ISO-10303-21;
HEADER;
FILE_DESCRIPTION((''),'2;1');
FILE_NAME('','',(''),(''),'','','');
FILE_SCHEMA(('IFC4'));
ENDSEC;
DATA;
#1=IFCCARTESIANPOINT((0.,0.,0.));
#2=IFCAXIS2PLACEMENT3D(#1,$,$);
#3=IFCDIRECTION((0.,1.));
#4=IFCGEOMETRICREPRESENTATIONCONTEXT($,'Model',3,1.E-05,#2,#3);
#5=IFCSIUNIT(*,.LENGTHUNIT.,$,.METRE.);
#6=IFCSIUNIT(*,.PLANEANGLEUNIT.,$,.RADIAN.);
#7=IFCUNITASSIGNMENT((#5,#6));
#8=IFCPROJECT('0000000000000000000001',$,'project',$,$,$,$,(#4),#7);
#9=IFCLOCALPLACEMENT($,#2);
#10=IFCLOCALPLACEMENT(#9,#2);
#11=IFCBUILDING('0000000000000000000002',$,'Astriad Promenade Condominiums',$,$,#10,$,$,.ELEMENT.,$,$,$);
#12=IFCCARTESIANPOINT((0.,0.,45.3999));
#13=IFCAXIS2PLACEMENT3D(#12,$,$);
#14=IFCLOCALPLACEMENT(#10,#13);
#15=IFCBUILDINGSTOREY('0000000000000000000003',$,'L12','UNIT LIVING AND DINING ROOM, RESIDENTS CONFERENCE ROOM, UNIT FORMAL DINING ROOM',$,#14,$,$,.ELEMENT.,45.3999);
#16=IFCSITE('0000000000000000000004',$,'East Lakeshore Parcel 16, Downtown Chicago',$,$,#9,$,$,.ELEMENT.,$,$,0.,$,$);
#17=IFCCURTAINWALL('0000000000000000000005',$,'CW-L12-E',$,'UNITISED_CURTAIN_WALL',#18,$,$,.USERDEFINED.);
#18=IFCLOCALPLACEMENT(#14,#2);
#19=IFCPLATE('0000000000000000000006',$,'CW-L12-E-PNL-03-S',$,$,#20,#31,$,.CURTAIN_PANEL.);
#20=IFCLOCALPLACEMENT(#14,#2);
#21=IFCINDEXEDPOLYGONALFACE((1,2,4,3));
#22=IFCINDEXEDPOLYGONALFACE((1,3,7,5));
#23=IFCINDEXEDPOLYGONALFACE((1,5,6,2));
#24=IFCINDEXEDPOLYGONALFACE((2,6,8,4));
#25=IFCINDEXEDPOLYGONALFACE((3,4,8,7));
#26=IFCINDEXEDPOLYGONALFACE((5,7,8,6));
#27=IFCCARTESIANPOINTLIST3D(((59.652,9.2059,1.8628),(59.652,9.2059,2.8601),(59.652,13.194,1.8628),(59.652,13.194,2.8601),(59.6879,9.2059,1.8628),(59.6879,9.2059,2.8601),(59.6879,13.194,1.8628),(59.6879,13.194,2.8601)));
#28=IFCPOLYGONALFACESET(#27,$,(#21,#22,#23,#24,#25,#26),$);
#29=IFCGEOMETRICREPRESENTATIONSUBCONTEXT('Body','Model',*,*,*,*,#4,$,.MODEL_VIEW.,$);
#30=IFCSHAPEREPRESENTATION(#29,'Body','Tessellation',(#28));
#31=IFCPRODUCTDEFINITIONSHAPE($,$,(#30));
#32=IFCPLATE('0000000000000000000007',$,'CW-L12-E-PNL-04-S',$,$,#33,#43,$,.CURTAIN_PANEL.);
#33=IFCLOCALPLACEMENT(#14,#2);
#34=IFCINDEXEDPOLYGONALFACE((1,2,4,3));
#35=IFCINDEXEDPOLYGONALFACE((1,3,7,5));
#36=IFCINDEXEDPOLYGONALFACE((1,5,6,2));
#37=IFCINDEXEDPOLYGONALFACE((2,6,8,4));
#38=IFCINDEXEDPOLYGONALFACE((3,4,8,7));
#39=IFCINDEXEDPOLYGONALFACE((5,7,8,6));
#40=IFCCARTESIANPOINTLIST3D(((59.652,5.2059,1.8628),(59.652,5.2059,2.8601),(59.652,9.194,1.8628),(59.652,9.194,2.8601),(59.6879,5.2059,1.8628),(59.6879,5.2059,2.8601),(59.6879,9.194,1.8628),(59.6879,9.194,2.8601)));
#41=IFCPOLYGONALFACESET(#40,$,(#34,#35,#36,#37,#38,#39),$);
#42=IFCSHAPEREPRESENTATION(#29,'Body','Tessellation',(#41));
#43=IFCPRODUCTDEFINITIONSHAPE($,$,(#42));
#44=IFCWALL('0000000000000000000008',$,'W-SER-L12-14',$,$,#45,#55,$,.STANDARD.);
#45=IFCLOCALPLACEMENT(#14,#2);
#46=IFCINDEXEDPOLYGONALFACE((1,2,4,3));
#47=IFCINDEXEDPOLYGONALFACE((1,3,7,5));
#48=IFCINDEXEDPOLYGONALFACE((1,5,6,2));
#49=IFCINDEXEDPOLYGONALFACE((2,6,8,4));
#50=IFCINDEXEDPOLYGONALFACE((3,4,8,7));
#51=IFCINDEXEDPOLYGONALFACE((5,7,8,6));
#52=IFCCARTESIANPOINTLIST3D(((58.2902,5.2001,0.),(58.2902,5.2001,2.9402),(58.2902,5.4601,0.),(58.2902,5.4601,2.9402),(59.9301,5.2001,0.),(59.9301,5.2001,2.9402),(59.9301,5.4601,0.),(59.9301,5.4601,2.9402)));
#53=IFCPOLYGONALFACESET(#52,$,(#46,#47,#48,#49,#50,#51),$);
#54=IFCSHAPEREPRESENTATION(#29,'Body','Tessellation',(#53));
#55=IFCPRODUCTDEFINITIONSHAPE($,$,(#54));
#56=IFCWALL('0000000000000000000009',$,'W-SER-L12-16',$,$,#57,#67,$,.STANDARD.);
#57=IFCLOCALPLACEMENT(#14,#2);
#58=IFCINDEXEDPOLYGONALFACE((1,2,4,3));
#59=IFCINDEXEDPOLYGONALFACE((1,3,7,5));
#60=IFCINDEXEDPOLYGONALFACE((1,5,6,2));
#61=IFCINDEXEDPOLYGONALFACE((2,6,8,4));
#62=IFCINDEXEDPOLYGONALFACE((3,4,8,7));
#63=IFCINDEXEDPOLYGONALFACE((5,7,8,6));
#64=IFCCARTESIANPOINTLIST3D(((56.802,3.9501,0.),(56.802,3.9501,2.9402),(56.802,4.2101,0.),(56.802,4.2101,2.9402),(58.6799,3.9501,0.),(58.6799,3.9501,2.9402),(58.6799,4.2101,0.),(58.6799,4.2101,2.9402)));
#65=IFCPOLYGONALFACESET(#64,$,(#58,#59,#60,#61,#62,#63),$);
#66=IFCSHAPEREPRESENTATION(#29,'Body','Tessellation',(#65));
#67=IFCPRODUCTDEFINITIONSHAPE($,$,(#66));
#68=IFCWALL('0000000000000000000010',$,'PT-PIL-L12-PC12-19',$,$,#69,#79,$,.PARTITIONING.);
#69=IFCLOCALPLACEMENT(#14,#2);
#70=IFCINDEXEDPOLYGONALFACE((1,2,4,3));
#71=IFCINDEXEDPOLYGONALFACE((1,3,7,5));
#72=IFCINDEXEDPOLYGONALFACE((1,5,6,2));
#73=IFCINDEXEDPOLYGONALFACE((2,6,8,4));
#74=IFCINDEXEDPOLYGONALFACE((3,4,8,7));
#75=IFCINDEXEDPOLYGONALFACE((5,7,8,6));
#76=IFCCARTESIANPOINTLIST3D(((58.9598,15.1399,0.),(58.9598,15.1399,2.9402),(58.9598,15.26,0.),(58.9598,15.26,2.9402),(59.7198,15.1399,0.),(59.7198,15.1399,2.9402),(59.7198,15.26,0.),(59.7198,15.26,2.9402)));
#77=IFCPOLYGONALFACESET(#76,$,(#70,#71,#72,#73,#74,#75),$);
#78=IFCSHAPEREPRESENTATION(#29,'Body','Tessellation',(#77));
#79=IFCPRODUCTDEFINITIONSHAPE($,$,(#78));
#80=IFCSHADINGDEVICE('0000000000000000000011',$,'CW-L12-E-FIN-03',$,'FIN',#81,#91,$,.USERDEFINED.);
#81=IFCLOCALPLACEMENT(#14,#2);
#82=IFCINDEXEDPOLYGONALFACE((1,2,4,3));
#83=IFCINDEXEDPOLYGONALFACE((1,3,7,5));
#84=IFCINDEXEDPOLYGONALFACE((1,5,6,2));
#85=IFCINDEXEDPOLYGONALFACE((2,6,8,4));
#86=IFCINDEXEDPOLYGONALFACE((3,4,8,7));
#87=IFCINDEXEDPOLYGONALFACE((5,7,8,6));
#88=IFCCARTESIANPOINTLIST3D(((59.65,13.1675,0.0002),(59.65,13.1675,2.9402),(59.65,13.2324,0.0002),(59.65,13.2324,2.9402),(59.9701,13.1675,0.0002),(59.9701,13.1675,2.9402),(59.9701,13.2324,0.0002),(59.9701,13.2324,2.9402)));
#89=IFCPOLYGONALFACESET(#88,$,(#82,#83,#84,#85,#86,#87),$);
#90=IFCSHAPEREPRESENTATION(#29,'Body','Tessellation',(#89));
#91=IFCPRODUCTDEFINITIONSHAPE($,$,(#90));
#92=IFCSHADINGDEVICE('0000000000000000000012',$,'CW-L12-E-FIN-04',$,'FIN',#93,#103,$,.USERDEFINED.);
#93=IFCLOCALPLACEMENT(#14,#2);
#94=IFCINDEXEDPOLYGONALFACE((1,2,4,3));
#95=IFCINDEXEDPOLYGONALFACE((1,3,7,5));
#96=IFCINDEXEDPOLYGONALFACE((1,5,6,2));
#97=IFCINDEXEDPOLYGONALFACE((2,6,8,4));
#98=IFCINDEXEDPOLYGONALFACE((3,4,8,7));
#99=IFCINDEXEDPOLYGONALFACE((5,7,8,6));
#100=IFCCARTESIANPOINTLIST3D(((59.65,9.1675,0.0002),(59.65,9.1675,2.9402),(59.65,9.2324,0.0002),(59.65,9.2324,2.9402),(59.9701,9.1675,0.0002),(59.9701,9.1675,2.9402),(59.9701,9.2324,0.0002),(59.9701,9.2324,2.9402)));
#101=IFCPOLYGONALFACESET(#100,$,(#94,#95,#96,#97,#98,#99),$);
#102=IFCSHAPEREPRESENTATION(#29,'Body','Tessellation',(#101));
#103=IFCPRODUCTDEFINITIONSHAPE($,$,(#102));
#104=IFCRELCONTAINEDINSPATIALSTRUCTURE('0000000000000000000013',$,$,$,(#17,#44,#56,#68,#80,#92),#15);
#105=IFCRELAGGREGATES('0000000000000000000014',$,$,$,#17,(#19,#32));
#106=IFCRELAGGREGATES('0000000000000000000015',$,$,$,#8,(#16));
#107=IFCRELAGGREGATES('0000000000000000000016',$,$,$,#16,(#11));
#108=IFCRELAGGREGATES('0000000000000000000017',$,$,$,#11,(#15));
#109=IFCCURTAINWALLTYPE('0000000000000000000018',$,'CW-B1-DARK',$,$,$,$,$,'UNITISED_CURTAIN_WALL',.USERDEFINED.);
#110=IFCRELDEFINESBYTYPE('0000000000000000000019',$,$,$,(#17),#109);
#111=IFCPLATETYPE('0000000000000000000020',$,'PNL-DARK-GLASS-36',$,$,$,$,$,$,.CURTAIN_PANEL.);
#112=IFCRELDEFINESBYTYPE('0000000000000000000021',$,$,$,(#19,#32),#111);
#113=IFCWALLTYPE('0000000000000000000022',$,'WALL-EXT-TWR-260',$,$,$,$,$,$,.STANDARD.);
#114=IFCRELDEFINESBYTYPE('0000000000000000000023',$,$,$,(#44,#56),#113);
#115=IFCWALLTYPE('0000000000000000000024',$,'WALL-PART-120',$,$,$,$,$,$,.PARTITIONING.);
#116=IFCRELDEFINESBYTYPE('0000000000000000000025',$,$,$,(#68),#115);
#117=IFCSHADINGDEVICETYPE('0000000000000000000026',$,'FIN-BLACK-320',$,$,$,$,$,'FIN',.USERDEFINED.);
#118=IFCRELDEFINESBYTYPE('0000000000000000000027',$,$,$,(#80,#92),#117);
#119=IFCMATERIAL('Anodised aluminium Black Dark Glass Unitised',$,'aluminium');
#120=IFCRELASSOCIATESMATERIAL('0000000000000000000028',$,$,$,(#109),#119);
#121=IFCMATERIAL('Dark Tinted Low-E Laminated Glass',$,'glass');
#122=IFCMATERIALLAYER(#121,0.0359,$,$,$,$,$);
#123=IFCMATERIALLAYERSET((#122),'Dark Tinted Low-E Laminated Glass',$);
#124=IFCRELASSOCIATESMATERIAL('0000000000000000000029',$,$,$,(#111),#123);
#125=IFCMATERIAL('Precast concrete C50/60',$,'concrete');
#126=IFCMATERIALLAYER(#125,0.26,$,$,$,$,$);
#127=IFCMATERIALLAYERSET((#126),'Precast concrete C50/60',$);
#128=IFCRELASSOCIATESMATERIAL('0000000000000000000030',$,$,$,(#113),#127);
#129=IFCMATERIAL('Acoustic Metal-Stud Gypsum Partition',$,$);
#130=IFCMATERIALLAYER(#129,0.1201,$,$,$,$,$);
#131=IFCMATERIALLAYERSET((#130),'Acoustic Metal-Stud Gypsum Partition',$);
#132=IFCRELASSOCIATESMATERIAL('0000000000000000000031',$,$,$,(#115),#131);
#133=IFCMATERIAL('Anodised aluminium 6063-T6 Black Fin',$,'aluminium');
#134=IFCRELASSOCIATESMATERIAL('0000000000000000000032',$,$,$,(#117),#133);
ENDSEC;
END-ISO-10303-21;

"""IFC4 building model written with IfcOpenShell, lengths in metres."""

from ifc_helpers import new_model, si_unit, direction, frame, frame_2d, origin, origin_2d, place, context, subcontext, project, spatial, rectangle, extrude, source, transform, mapped, material, layer, layer_set, type_object, type_shapes, element, aggregate, save


model = new_model("IFC4")

# Units and contexts
model_context = context("Model", 3, precision=1e-05, world=origin(), true_north=direction((0.0, 1.0)))
body_context = subcontext(model_context, "Body", "Model", "MODEL_VIEW")
ifc_project = project(units=[si_unit("LENGTHUNIT", "METRE"), si_unit("PLANEANGLEUNIT", "RADIAN")], contexts=[model_context])

# Site, building, storey
site_placement = place(None, origin())
site = spatial("IfcSite", under=ifc_project, at=site_placement, Name="East Lakeshore Parcel 16, Downtown Chicago", CompositionType="ELEMENT", RefElevation=0.0)
building_placement = place(site_placement, origin())
building = spatial("IfcBuilding", under=site, at=building_placement, Name="Astriad Promenade Condominiums", CompositionType="ELEMENT")
storey_placement = place(building_placement, frame((0.0, 0.0, 45.3999)))
storey = spatial("IfcBuildingStorey", under=building, at=storey_placement, Name="L12", Description="UNIT LIVING AND DINING ROOM, RESIDENTS CONFERENCE ROOM, UNIT FORMAL DINING ROOM", CompositionType="ELEMENT", Elevation=45.3999)

# Curtain wall, plates
ifc_material_1 = material(Name="Anodised aluminium Black Dark Glass Unitised", Category="aluminium")
curtain_wall_type = type_object("IfcCurtainWallType", Name="CW-B1-DARK", ElementType="UNITISED_CURTAIN_WALL", PredefinedType="USERDEFINED", material=ifc_material_1)
curtain_wall_placement = place(storey_placement, origin())
curtain_wall = element("IfcCurtainWall", 1, at=curtain_wall_placement, inside=storey, type_object=curtain_wall_type, Name="CW-L12-E", ObjectType="UNITISED_CURTAIN_WALL", PredefinedType="USERDEFINED")
ifc_material_2 = material(Name="Dark Tinted Low-E Laminated Glass", Category="glass")
ifc_layer_1 = layer(ifc_material_2, 0.0359)
ifc_layer_set_1 = layer_set([ifc_layer_1], Name="Dark Tinted Low-E Laminated Glass")
plate_type = type_object("IfcPlateType", Name="PNL-DARK-GLASS-36", PredefinedType="CURTAIN_PANEL", material=ifc_layer_set_1)
shared_shape_1 = source(origin(), body_context, "Body", "SweptSolid", [
    extrude(rectangle(XDim=3.988, YDim=0.0359, at=origin_2d()), origin(), (0.0, 0.0, 1.0), 0.9973),
])
plate_1_placement = place(storey_placement, frame((59.6699, 11.2, 1.8628), z_axis=(0.0, 0.0, 1.0), x_axis=(0.0, -1.0, 0.0)))
plate_1 = element("IfcPlate", 2, at=plate_1_placement, type_object=plate_type, Name="CW-L12-E-PNL-03-S", PredefinedType="CURTAIN_PANEL", context=body_context, shape_type="MappedRepresentation", body=[
    mapped(shared_shape_1, transform((0.0, 0.0, 0.0), scale=1.0)),
])
plate_2_placement = place(storey_placement, frame((59.6699, 7.2, 1.8628), z_axis=(0.0, 0.0, 1.0), x_axis=(0.0, -1.0, 0.0)))
plate_2 = element("IfcPlate", 3, at=plate_2_placement, type_object=plate_type, Name="CW-L12-E-PNL-04-S", PredefinedType="CURTAIN_PANEL", context=body_context, shape_type="MappedRepresentation", body=[
    mapped(shared_shape_1, transform((0.0, 0.0, 0.0), scale=1.0)),
])
aggregate(curtain_wall, [plate_1, plate_2])

# Walls
ifc_material_3 = material(Name="Precast concrete C50/60", Category="concrete")
ifc_layer_2 = layer(ifc_material_3, 0.26)
ifc_layer_set_2 = layer_set([ifc_layer_2], Name="Precast concrete C50/60")
wall_type_1 = type_object("IfcWallType", Name="WALL-EXT-TWR-260", PredefinedType="STANDARD", material=ifc_layer_set_2)
wall_1_placement = place(storey_placement, frame((59.9299, 5.3301, 0.0), z_axis=(0.0, 0.0, 1.0), x_axis=(-1.0, 0.0, 0.0)))
element("IfcWall", 4, at=wall_1_placement, inside=storey, type_object=wall_type_1, Name="W-SER-L12-14", PredefinedType="STANDARD", context=body_context, shape_type="SweptSolid", body=[
    extrude(rectangle(XDim=1.6399, YDim=0.26, at=frame_2d((0.8198, 0.0))), origin(), (0.0, 0.0, 1.0), 2.9402),
])
wall_2_placement = place(storey_placement, frame((58.6799, 4.0801, 0.0), z_axis=(0.0, 0.0, 1.0), x_axis=(-1.0, 0.0, 0.0)))
element("IfcWall", 5, at=wall_2_placement, inside=storey, type_object=wall_type_1, Name="W-SER-L12-16", PredefinedType="STANDARD", context=body_context, shape_type="SweptSolid", body=[
    extrude(rectangle(XDim=1.8779, YDim=0.26, at=frame_2d((0.939, 0.0))), origin(), (0.0, 0.0, 1.0), 2.9402),
])
ifc_material_4 = material(Name="Acoustic Metal-Stud Gypsum Partition")
ifc_layer_3 = layer(ifc_material_4, 0.1201)
ifc_layer_set_3 = layer_set([ifc_layer_3], Name="Acoustic Metal-Stud Gypsum Partition")
wall_type_2 = type_object("IfcWallType", Name="WALL-PART-120", PredefinedType="PARTITIONING", material=ifc_layer_set_3)
wall_3_placement = place(storey_placement, frame((58.96, 15.2, 0.0), z_axis=(0.0, 0.0, 1.0), x_axis=(1.0, 0.0, 0.0)))
element("IfcWall", 6, at=wall_3_placement, inside=storey, type_object=wall_type_2, Name="PT-PIL-L12-PC12-19", PredefinedType="PARTITIONING", context=body_context, shape_type="SweptSolid", body=[
    extrude(rectangle(XDim=0.76, YDim=0.1201, at=frame_2d((0.3799, 0.0))), origin(), (0.0, 0.0, 1.0), 2.9402),
])

# Shading devices
ifc_material_5 = material(Name="Anodised aluminium 6063-T6 Black Fin", Category="aluminium")
shading_device_type = type_object("IfcShadingDeviceType", Name="FIN-BLACK-320", ElementType="FIN", PredefinedType="USERDEFINED", material=ifc_material_5)
shared_shape_2 = source(origin(), body_context, "Body", "SweptSolid", [
    extrude(rectangle(XDim=0.0649, YDim=0.3201, at=origin_2d()), origin(), (0.0, 0.0, 1.0), 2.9399),
])
type_shapes(shading_device_type, [shared_shape_2])
for number, where, z_axis, x_axis, name in (
    (7, (59.8101, 13.2, 0.0002), (0.0, 0.0, 1.0), (0.0, -1.0, 0.0), "CW-L12-E-FIN-03"),
    (8, (59.8101, 9.2, 0.0002), (0.0, 0.0, 1.0), (0.0, -1.0, 0.0), "CW-L12-E-FIN-04"),
):
    element("IfcShadingDevice", number, at=place(storey_placement, frame(where, z_axis=z_axis, x_axis=x_axis)), inside=storey, type_object=shading_device_type, Name=name, ObjectType="FIN", PredefinedType="USERDEFINED", context=body_context, shape_type="MappedRepresentation", body=[
        mapped(shared_shape_2, transform((0.0, 0.0, 0.0), scale=1.0)),
    ])

save(model, "model.ifc")
